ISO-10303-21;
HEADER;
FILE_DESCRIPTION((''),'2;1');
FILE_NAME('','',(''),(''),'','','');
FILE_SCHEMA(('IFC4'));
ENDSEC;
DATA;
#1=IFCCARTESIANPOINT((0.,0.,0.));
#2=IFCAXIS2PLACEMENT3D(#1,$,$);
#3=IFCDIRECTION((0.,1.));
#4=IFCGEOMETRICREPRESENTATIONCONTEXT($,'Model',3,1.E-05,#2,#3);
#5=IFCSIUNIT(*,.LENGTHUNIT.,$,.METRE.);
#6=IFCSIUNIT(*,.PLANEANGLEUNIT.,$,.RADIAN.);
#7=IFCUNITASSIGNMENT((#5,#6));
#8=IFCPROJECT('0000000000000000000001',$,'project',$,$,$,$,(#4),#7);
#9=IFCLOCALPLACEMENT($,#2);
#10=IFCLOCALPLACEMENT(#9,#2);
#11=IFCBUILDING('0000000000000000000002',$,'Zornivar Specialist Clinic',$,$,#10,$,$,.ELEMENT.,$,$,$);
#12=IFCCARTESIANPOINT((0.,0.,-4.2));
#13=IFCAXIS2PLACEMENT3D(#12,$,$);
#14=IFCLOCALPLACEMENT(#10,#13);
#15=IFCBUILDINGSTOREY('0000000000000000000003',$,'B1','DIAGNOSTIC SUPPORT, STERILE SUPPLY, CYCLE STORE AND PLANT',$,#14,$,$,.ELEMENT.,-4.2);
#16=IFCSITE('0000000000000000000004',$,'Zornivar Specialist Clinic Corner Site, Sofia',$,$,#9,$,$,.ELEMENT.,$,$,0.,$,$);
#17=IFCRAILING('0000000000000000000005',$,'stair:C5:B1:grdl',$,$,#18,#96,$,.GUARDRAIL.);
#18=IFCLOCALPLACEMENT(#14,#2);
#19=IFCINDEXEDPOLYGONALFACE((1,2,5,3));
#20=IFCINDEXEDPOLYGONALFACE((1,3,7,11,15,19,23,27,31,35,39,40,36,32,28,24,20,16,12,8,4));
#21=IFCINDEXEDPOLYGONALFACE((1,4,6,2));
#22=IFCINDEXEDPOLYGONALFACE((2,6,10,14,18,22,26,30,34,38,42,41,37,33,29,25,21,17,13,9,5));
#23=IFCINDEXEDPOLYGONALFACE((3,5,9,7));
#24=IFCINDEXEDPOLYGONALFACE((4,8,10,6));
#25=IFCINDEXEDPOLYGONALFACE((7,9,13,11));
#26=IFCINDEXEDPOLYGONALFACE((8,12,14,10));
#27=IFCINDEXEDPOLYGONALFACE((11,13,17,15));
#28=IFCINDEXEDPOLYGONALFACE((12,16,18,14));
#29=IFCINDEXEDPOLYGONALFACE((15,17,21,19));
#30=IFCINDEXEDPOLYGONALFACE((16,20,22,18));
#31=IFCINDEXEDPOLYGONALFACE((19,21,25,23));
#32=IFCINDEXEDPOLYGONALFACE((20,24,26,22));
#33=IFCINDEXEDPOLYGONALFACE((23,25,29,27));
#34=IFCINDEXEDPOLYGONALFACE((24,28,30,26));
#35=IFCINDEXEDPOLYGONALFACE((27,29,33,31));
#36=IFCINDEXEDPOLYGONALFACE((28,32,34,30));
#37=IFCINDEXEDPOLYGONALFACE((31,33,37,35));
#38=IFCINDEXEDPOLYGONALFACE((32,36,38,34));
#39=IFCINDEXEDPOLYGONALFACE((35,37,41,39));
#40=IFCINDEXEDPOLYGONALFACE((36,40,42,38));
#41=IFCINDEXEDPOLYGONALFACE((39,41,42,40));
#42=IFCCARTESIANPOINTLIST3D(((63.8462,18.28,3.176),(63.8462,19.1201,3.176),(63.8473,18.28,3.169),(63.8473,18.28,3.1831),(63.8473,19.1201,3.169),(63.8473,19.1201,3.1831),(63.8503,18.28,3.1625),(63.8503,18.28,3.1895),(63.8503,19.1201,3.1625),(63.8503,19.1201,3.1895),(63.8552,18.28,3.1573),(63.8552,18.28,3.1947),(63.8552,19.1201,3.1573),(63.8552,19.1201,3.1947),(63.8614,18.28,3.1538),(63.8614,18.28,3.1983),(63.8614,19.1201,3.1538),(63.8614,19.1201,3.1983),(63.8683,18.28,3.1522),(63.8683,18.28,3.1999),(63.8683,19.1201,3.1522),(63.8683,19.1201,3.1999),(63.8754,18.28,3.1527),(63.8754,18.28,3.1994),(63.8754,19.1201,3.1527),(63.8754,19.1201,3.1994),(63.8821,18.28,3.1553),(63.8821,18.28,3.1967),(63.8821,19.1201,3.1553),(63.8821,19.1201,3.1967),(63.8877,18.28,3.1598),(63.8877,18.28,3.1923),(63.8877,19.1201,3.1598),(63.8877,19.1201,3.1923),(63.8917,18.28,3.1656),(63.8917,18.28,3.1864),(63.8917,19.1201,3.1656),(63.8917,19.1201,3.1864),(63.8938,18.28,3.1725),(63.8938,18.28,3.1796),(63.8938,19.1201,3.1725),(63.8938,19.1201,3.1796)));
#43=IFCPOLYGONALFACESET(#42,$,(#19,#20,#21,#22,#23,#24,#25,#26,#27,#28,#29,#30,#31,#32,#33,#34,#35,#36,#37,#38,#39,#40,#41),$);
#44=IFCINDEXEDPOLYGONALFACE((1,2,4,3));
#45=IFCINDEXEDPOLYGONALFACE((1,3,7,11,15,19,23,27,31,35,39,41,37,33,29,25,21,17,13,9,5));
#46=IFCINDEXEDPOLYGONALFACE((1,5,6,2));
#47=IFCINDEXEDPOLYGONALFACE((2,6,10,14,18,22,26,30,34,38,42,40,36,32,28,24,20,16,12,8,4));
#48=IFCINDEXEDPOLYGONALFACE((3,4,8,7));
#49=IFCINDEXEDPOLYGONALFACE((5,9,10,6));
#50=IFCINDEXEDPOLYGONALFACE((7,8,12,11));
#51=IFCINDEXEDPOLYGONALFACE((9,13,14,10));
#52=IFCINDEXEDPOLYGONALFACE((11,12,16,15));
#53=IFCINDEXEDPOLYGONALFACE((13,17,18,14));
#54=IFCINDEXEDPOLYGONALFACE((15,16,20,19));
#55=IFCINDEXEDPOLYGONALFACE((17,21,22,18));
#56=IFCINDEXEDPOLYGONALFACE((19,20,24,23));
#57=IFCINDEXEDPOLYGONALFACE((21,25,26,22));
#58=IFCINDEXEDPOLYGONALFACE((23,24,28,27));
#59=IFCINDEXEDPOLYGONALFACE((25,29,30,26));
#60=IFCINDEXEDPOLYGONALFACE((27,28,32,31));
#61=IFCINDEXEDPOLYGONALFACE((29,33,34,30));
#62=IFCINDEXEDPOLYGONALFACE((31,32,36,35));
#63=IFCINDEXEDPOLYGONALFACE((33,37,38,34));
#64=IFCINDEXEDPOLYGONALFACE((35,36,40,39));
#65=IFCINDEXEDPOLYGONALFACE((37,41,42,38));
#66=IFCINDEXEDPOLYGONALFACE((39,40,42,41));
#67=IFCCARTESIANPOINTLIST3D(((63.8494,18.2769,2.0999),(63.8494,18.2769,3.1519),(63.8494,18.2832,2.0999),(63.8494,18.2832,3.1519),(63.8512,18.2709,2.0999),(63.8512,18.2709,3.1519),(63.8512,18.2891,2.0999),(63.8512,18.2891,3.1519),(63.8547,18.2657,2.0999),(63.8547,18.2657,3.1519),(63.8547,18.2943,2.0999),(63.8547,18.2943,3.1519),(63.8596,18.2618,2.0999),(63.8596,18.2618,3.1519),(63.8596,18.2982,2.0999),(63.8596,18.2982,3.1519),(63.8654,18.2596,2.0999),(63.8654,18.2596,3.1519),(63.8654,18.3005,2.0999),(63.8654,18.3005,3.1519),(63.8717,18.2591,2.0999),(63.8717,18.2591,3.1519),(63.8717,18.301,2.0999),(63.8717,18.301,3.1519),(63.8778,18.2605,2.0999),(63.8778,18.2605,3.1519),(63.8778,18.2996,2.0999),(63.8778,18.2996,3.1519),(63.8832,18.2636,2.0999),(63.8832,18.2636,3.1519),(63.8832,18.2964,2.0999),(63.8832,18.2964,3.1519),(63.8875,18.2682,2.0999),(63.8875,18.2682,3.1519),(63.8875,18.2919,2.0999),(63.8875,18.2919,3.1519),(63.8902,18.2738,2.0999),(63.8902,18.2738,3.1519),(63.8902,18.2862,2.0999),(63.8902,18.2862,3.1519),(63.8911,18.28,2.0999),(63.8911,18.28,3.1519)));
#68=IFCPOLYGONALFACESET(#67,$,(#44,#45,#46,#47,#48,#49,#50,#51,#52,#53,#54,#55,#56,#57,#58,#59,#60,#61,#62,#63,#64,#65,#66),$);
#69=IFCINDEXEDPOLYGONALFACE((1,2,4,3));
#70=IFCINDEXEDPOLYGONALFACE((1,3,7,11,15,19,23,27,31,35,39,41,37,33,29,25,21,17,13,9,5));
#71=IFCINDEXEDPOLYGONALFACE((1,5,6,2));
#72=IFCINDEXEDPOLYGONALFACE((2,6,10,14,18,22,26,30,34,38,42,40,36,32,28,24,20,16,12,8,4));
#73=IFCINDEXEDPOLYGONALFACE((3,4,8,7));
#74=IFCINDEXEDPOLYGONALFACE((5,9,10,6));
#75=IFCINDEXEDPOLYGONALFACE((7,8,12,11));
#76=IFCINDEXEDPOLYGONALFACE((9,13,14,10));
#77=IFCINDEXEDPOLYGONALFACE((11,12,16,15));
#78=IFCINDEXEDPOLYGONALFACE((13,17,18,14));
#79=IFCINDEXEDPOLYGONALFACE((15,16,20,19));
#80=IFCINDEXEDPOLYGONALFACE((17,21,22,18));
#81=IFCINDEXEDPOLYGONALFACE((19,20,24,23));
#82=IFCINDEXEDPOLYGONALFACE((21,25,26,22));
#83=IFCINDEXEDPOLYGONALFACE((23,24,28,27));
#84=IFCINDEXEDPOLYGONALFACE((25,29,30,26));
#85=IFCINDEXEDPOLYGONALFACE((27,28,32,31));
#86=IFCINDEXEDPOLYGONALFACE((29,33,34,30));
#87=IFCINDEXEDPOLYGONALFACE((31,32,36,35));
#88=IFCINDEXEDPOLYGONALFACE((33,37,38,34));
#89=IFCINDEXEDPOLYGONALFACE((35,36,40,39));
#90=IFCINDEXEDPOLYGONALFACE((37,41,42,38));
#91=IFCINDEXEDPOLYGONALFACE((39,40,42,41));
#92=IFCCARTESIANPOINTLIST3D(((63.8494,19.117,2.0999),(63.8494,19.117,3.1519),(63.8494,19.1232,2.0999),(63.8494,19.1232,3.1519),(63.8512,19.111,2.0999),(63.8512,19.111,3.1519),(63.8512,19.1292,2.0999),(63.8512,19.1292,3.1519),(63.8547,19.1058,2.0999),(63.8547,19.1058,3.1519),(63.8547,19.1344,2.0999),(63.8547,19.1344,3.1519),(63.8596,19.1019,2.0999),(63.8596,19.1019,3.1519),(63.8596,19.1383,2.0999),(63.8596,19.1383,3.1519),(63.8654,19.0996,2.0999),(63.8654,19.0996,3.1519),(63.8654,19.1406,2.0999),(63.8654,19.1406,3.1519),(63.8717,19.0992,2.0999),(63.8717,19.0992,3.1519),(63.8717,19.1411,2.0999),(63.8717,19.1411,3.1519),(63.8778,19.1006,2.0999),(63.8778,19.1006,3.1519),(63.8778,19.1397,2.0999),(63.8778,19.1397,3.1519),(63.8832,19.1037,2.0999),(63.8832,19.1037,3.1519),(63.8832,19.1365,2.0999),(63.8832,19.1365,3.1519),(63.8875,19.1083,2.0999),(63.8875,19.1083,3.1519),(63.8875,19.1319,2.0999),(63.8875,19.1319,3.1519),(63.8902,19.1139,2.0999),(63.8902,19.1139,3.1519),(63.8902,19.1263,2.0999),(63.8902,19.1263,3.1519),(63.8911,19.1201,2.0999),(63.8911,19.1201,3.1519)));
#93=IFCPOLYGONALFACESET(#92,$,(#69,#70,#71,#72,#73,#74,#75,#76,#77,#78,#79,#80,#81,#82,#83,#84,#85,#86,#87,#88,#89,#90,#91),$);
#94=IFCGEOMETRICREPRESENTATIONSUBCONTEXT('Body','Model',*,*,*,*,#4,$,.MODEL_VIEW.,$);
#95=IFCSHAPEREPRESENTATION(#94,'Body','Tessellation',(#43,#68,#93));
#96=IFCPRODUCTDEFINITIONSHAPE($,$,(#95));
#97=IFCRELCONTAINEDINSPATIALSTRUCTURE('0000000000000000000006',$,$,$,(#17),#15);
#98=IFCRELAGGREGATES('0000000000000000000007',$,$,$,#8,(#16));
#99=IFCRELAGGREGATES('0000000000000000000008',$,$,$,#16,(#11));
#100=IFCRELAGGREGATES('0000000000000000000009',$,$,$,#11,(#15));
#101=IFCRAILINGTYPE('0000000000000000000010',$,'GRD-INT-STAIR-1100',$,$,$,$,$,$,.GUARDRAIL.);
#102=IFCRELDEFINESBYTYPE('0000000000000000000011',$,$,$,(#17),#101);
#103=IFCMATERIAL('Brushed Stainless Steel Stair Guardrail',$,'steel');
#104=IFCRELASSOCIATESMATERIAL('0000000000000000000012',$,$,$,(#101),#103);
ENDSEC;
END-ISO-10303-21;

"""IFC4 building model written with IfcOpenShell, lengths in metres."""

from ifc_helpers import new_model, si_unit, direction, frame, origin, origin_2d, place, context, subcontext, project, spatial, circle, extrude, material, type_object, element, save


model = new_model("IFC4")

# Units and contexts
model_context = context("Model", 3, precision=1e-05, world=origin(), true_north=direction((0.0, 1.0)))
body_context = subcontext(model_context, "Body", "Model", "MODEL_VIEW")
ifc_project = project(units=[si_unit("LENGTHUNIT", "METRE"), si_unit("PLANEANGLEUNIT", "RADIAN")], contexts=[model_context])

# Site, building, storey
site_placement = place(None, origin())
site = spatial("IfcSite", under=ifc_project, at=site_placement, Name="Zornivar Specialist Clinic Corner Site, Sofia", CompositionType="ELEMENT", RefElevation=0.0)
building_placement = place(site_placement, origin())
building = spatial("IfcBuilding", under=site, at=building_placement, Name="Zornivar Specialist Clinic", CompositionType="ELEMENT")
storey_placement = place(building_placement, frame((0.0, 0.0, -4.2)))
storey = spatial("IfcBuildingStorey", under=building, at=storey_placement, Name="B1", Description="DIAGNOSTIC SUPPORT, STERILE SUPPLY, CYCLE STORE AND PLANT", CompositionType="ELEMENT", Elevation=-4.2)

# Railing
ifc_material_1 = material(Name="Brushed Stainless Steel Stair Guardrail", Category="steel")
railing_type_1 = type_object("IfcRailingType", Name="GRD-INT-STAIR-1100", PredefinedType="GUARDRAIL", material=ifc_material_1)
railing_1_placement = place(storey_placement, frame((63.8701, 18.28, 2.0999)))
element("IfcRailing", 1, at=railing_1_placement, inside=storey, type_object=railing_type_1, Name="stair:C5:B1:grdl", PredefinedType="GUARDRAIL", context=body_context, shape_type="SweptSolid", body=[
    extrude(circle(Radius=0.0239, at=origin_2d()), frame((0.0, 0.0, 1.0762), z_axis=(0.0, 1.0, 0.0), x_axis=(-1.0, 0.0, 0.0)), (0.0, 0.0, 1.0), 0.8401),
    extrude(circle(Radius=0.021, at=origin_2d()), origin(), (0.0, 0.0, 1.0), 1.052),
    extrude(circle(Radius=0.021, at=origin_2d()), frame((0.0, 0.8401, 0.0)), (0.0, 0.0, 1.0), 1.052),
])

save(model, "model.ifc")
